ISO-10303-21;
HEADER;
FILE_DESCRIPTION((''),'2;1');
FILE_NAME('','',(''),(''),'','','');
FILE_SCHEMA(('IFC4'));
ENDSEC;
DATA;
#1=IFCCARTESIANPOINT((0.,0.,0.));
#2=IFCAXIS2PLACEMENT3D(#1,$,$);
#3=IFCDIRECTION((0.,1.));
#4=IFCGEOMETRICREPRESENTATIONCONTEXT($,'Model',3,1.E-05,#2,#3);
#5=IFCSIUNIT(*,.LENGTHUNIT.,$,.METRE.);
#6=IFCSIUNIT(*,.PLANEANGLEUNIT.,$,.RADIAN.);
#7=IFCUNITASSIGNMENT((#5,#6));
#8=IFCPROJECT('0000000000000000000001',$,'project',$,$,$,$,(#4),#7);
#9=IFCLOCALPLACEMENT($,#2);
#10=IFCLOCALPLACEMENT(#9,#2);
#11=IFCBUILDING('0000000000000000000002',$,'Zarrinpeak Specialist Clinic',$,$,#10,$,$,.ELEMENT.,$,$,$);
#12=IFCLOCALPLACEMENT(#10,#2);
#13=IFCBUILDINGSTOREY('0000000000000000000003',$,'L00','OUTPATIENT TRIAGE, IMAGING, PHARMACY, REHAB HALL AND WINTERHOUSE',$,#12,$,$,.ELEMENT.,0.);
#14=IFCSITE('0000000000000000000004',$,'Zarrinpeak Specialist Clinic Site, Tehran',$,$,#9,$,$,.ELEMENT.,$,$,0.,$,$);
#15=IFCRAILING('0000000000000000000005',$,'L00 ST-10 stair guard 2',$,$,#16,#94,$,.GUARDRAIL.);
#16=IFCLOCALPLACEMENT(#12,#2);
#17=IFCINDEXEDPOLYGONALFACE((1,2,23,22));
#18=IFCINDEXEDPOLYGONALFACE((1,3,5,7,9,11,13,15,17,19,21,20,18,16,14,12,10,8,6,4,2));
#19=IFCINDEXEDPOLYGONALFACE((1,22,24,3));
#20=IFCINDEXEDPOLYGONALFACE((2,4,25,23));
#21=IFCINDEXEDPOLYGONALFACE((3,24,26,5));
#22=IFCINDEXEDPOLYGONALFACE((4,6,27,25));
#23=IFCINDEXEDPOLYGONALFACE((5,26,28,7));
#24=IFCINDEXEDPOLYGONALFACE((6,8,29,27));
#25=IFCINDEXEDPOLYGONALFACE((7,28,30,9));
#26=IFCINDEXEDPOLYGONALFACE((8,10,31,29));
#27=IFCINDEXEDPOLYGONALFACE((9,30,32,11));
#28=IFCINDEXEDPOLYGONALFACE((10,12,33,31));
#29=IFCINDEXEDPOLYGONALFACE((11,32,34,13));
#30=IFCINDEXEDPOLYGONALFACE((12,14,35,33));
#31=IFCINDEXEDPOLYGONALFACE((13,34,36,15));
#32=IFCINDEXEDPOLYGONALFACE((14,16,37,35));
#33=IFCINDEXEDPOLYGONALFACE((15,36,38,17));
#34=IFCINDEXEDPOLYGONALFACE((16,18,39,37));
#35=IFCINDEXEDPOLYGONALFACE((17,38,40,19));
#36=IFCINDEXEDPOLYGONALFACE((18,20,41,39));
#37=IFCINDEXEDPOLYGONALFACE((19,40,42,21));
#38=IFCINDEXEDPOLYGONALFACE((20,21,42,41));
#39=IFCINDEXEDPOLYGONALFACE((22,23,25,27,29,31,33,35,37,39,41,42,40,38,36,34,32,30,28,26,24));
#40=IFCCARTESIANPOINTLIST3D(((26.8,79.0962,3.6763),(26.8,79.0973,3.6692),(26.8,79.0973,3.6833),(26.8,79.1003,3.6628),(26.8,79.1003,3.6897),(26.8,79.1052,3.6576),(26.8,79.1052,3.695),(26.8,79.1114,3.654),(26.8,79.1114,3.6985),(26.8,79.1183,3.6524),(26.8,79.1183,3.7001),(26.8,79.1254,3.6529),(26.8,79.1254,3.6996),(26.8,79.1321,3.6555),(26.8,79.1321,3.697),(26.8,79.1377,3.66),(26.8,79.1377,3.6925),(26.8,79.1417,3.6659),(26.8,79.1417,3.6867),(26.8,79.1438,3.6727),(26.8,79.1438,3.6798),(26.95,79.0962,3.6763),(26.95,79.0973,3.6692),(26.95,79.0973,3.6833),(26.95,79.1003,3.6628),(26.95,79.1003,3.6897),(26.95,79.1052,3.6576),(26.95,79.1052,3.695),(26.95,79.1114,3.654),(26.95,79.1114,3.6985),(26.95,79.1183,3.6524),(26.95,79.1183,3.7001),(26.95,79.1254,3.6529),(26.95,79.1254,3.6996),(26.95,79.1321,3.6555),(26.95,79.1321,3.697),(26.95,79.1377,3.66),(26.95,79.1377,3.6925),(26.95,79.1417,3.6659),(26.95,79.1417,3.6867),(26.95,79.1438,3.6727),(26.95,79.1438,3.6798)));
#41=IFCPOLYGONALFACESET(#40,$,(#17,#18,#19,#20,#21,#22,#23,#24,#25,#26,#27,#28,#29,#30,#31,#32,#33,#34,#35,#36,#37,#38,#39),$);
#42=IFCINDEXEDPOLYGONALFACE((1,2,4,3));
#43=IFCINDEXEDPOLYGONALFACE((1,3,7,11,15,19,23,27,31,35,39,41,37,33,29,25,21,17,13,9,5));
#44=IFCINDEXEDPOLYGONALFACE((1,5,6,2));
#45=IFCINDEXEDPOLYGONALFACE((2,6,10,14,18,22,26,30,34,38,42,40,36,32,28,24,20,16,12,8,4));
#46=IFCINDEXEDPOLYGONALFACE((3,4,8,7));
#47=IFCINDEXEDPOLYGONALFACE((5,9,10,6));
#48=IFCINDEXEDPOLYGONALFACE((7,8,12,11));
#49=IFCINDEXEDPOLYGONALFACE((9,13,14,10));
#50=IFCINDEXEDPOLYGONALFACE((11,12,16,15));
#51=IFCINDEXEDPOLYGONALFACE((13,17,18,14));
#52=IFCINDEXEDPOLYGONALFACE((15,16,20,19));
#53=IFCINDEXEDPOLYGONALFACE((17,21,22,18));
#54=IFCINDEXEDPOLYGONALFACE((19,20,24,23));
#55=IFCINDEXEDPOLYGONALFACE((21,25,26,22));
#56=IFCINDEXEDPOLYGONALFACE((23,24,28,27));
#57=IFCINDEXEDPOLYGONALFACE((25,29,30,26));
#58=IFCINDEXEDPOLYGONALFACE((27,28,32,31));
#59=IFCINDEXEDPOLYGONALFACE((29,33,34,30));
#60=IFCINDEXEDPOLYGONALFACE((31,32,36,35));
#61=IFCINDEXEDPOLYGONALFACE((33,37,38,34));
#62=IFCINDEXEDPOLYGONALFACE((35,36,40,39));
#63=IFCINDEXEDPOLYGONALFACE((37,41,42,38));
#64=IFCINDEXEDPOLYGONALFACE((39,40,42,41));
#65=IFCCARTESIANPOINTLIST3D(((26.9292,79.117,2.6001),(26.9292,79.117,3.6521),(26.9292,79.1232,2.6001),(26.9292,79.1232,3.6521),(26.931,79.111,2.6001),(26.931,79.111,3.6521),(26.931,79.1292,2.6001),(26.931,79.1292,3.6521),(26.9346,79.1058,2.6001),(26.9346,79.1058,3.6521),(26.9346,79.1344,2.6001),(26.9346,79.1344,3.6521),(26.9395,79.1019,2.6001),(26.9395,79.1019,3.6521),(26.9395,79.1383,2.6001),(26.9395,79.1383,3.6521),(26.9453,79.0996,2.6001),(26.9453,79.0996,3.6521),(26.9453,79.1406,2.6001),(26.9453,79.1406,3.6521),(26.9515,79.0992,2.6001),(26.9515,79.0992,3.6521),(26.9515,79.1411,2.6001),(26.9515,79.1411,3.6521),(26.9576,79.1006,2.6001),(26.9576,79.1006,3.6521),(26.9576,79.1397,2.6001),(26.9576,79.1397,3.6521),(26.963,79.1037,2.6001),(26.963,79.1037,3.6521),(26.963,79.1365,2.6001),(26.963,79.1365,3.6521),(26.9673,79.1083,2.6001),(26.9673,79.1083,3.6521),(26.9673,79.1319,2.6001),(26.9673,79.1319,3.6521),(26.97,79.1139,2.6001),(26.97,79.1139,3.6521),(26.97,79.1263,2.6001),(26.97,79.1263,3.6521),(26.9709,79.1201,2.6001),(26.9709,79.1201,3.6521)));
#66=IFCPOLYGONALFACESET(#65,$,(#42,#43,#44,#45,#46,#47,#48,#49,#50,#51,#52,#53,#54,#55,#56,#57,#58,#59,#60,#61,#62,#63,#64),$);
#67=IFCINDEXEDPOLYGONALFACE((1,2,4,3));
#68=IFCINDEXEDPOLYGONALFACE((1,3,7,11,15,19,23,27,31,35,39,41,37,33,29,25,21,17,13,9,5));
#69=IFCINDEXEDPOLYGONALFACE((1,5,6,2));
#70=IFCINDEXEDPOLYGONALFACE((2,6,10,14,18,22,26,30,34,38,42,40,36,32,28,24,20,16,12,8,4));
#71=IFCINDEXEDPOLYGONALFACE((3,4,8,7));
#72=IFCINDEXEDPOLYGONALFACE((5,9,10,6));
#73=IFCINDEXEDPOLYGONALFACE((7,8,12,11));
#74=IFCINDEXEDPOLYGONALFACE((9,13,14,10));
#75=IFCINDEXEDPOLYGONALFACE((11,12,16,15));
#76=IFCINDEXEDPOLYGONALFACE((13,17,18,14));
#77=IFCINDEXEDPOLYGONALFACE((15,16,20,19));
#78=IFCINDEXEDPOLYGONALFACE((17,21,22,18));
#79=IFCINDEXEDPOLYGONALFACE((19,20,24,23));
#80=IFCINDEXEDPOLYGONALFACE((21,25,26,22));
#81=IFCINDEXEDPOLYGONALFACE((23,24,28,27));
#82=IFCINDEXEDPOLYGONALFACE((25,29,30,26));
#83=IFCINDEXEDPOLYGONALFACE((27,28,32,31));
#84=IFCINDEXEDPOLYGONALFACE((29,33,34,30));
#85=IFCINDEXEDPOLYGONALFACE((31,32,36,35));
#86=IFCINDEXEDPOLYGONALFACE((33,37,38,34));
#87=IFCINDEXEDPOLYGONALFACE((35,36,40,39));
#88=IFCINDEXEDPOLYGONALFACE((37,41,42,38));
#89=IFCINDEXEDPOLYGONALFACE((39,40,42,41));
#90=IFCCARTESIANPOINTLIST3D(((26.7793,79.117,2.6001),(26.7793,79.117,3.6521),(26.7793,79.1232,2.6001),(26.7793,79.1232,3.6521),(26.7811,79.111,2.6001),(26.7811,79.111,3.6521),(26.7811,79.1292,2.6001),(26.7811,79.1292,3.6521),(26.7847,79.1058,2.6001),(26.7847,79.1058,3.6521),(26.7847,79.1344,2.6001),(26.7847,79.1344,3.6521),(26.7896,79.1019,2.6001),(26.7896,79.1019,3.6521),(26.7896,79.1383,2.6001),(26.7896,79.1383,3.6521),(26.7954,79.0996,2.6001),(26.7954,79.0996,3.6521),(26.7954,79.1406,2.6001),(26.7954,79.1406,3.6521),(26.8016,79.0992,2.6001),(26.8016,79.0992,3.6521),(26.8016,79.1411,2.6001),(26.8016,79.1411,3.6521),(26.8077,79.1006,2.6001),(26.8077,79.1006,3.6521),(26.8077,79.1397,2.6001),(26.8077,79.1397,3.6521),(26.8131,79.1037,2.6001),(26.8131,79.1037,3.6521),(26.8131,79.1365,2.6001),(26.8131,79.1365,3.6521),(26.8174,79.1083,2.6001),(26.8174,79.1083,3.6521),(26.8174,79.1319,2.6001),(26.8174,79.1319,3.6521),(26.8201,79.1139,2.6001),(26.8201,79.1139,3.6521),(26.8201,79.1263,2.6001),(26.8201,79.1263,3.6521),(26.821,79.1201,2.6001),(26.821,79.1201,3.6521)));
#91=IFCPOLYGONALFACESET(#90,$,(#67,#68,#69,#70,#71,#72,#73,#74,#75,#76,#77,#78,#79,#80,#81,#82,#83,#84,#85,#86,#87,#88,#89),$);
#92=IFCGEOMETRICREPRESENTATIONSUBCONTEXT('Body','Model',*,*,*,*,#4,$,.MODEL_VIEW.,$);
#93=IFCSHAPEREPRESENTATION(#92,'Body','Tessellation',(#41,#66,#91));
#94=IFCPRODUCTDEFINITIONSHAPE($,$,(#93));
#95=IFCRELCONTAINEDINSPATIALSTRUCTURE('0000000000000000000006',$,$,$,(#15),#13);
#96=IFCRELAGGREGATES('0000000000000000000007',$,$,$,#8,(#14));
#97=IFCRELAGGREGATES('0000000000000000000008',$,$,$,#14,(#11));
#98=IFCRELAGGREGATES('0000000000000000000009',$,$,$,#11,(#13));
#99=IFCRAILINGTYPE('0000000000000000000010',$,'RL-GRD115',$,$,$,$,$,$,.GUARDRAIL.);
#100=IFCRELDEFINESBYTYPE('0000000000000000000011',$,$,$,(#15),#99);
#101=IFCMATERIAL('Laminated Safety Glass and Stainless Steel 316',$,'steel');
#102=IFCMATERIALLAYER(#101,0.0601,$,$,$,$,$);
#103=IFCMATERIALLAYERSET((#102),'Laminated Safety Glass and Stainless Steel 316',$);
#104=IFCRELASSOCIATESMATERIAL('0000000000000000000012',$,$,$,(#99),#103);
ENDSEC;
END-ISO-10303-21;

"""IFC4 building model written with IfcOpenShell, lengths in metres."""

from ifc_helpers import new_model, si_unit, direction, frame, origin, origin_2d, place, context, subcontext, project, spatial, circle, extrude, material, layer, layer_set, type_object, element, save


model = new_model("IFC4")

# Units and contexts
model_context = context("Model", 3, precision=1e-05, world=origin(), true_north=direction((0.0, 1.0)))
body_context = subcontext(model_context, "Body", "Model", "MODEL_VIEW")
ifc_project = project(units=[si_unit("LENGTHUNIT", "METRE"), si_unit("PLANEANGLEUNIT", "RADIAN")], contexts=[model_context])

# Site, building, storey
site_placement = place(None, origin())
site = spatial("IfcSite", under=ifc_project, at=site_placement, Name="Zarrinpeak Specialist Clinic Site, Tehran", CompositionType="ELEMENT", RefElevation=0.0)
building_placement = place(site_placement, origin())
building = spatial("IfcBuilding", under=site, at=building_placement, Name="Zarrinpeak Specialist Clinic", CompositionType="ELEMENT")
storey_placement = place(building_placement, origin())
storey = spatial("IfcBuildingStorey", under=building, at=storey_placement, Name="L00", Description="OUTPATIENT TRIAGE, IMAGING, PHARMACY, REHAB HALL AND WINTERHOUSE", CompositionType="ELEMENT", Elevation=0.0)

# Railing
ifc_material_1 = material(Name="Laminated Safety Glass and Stainless Steel 316", Category="steel")
ifc_layer_1 = layer(ifc_material_1, 0.0601)
ifc_layer_set_1 = layer_set([ifc_layer_1], Name="Laminated Safety Glass and Stainless Steel 316")
railing_type_1 = type_object("IfcRailingType", Name="RL-GRD115", PredefinedType="GUARDRAIL", material=ifc_layer_set_1)
railing_1_placement = place(storey_placement, frame((26.95, 79.1201, 2.6001)))
element("IfcRailing", 1, at=railing_1_placement, inside=storey, type_object=railing_type_1, Name="L00 ST-10 stair guard 2", PredefinedType="GUARDRAIL", context=body_context, shape_type="SweptSolid", body=[
    extrude(circle(Radius=0.0239, at=origin_2d()), frame((0.0, 0.0, 1.0762), z_axis=(-1.0, 0.0, 0.0), x_axis=(0.0, -1.0, 0.0)), (0.0, 0.0, 1.0), 0.1499),
    extrude(circle(Radius=0.021, at=origin_2d()), origin(), (0.0, 0.0, 1.0), 1.052),
    extrude(circle(Radius=0.021, at=origin_2d()), frame((-0.1499, 0.0, 0.0)), (0.0, 0.0, 1.0), 1.052),
])

save(model, "model.ifc")
